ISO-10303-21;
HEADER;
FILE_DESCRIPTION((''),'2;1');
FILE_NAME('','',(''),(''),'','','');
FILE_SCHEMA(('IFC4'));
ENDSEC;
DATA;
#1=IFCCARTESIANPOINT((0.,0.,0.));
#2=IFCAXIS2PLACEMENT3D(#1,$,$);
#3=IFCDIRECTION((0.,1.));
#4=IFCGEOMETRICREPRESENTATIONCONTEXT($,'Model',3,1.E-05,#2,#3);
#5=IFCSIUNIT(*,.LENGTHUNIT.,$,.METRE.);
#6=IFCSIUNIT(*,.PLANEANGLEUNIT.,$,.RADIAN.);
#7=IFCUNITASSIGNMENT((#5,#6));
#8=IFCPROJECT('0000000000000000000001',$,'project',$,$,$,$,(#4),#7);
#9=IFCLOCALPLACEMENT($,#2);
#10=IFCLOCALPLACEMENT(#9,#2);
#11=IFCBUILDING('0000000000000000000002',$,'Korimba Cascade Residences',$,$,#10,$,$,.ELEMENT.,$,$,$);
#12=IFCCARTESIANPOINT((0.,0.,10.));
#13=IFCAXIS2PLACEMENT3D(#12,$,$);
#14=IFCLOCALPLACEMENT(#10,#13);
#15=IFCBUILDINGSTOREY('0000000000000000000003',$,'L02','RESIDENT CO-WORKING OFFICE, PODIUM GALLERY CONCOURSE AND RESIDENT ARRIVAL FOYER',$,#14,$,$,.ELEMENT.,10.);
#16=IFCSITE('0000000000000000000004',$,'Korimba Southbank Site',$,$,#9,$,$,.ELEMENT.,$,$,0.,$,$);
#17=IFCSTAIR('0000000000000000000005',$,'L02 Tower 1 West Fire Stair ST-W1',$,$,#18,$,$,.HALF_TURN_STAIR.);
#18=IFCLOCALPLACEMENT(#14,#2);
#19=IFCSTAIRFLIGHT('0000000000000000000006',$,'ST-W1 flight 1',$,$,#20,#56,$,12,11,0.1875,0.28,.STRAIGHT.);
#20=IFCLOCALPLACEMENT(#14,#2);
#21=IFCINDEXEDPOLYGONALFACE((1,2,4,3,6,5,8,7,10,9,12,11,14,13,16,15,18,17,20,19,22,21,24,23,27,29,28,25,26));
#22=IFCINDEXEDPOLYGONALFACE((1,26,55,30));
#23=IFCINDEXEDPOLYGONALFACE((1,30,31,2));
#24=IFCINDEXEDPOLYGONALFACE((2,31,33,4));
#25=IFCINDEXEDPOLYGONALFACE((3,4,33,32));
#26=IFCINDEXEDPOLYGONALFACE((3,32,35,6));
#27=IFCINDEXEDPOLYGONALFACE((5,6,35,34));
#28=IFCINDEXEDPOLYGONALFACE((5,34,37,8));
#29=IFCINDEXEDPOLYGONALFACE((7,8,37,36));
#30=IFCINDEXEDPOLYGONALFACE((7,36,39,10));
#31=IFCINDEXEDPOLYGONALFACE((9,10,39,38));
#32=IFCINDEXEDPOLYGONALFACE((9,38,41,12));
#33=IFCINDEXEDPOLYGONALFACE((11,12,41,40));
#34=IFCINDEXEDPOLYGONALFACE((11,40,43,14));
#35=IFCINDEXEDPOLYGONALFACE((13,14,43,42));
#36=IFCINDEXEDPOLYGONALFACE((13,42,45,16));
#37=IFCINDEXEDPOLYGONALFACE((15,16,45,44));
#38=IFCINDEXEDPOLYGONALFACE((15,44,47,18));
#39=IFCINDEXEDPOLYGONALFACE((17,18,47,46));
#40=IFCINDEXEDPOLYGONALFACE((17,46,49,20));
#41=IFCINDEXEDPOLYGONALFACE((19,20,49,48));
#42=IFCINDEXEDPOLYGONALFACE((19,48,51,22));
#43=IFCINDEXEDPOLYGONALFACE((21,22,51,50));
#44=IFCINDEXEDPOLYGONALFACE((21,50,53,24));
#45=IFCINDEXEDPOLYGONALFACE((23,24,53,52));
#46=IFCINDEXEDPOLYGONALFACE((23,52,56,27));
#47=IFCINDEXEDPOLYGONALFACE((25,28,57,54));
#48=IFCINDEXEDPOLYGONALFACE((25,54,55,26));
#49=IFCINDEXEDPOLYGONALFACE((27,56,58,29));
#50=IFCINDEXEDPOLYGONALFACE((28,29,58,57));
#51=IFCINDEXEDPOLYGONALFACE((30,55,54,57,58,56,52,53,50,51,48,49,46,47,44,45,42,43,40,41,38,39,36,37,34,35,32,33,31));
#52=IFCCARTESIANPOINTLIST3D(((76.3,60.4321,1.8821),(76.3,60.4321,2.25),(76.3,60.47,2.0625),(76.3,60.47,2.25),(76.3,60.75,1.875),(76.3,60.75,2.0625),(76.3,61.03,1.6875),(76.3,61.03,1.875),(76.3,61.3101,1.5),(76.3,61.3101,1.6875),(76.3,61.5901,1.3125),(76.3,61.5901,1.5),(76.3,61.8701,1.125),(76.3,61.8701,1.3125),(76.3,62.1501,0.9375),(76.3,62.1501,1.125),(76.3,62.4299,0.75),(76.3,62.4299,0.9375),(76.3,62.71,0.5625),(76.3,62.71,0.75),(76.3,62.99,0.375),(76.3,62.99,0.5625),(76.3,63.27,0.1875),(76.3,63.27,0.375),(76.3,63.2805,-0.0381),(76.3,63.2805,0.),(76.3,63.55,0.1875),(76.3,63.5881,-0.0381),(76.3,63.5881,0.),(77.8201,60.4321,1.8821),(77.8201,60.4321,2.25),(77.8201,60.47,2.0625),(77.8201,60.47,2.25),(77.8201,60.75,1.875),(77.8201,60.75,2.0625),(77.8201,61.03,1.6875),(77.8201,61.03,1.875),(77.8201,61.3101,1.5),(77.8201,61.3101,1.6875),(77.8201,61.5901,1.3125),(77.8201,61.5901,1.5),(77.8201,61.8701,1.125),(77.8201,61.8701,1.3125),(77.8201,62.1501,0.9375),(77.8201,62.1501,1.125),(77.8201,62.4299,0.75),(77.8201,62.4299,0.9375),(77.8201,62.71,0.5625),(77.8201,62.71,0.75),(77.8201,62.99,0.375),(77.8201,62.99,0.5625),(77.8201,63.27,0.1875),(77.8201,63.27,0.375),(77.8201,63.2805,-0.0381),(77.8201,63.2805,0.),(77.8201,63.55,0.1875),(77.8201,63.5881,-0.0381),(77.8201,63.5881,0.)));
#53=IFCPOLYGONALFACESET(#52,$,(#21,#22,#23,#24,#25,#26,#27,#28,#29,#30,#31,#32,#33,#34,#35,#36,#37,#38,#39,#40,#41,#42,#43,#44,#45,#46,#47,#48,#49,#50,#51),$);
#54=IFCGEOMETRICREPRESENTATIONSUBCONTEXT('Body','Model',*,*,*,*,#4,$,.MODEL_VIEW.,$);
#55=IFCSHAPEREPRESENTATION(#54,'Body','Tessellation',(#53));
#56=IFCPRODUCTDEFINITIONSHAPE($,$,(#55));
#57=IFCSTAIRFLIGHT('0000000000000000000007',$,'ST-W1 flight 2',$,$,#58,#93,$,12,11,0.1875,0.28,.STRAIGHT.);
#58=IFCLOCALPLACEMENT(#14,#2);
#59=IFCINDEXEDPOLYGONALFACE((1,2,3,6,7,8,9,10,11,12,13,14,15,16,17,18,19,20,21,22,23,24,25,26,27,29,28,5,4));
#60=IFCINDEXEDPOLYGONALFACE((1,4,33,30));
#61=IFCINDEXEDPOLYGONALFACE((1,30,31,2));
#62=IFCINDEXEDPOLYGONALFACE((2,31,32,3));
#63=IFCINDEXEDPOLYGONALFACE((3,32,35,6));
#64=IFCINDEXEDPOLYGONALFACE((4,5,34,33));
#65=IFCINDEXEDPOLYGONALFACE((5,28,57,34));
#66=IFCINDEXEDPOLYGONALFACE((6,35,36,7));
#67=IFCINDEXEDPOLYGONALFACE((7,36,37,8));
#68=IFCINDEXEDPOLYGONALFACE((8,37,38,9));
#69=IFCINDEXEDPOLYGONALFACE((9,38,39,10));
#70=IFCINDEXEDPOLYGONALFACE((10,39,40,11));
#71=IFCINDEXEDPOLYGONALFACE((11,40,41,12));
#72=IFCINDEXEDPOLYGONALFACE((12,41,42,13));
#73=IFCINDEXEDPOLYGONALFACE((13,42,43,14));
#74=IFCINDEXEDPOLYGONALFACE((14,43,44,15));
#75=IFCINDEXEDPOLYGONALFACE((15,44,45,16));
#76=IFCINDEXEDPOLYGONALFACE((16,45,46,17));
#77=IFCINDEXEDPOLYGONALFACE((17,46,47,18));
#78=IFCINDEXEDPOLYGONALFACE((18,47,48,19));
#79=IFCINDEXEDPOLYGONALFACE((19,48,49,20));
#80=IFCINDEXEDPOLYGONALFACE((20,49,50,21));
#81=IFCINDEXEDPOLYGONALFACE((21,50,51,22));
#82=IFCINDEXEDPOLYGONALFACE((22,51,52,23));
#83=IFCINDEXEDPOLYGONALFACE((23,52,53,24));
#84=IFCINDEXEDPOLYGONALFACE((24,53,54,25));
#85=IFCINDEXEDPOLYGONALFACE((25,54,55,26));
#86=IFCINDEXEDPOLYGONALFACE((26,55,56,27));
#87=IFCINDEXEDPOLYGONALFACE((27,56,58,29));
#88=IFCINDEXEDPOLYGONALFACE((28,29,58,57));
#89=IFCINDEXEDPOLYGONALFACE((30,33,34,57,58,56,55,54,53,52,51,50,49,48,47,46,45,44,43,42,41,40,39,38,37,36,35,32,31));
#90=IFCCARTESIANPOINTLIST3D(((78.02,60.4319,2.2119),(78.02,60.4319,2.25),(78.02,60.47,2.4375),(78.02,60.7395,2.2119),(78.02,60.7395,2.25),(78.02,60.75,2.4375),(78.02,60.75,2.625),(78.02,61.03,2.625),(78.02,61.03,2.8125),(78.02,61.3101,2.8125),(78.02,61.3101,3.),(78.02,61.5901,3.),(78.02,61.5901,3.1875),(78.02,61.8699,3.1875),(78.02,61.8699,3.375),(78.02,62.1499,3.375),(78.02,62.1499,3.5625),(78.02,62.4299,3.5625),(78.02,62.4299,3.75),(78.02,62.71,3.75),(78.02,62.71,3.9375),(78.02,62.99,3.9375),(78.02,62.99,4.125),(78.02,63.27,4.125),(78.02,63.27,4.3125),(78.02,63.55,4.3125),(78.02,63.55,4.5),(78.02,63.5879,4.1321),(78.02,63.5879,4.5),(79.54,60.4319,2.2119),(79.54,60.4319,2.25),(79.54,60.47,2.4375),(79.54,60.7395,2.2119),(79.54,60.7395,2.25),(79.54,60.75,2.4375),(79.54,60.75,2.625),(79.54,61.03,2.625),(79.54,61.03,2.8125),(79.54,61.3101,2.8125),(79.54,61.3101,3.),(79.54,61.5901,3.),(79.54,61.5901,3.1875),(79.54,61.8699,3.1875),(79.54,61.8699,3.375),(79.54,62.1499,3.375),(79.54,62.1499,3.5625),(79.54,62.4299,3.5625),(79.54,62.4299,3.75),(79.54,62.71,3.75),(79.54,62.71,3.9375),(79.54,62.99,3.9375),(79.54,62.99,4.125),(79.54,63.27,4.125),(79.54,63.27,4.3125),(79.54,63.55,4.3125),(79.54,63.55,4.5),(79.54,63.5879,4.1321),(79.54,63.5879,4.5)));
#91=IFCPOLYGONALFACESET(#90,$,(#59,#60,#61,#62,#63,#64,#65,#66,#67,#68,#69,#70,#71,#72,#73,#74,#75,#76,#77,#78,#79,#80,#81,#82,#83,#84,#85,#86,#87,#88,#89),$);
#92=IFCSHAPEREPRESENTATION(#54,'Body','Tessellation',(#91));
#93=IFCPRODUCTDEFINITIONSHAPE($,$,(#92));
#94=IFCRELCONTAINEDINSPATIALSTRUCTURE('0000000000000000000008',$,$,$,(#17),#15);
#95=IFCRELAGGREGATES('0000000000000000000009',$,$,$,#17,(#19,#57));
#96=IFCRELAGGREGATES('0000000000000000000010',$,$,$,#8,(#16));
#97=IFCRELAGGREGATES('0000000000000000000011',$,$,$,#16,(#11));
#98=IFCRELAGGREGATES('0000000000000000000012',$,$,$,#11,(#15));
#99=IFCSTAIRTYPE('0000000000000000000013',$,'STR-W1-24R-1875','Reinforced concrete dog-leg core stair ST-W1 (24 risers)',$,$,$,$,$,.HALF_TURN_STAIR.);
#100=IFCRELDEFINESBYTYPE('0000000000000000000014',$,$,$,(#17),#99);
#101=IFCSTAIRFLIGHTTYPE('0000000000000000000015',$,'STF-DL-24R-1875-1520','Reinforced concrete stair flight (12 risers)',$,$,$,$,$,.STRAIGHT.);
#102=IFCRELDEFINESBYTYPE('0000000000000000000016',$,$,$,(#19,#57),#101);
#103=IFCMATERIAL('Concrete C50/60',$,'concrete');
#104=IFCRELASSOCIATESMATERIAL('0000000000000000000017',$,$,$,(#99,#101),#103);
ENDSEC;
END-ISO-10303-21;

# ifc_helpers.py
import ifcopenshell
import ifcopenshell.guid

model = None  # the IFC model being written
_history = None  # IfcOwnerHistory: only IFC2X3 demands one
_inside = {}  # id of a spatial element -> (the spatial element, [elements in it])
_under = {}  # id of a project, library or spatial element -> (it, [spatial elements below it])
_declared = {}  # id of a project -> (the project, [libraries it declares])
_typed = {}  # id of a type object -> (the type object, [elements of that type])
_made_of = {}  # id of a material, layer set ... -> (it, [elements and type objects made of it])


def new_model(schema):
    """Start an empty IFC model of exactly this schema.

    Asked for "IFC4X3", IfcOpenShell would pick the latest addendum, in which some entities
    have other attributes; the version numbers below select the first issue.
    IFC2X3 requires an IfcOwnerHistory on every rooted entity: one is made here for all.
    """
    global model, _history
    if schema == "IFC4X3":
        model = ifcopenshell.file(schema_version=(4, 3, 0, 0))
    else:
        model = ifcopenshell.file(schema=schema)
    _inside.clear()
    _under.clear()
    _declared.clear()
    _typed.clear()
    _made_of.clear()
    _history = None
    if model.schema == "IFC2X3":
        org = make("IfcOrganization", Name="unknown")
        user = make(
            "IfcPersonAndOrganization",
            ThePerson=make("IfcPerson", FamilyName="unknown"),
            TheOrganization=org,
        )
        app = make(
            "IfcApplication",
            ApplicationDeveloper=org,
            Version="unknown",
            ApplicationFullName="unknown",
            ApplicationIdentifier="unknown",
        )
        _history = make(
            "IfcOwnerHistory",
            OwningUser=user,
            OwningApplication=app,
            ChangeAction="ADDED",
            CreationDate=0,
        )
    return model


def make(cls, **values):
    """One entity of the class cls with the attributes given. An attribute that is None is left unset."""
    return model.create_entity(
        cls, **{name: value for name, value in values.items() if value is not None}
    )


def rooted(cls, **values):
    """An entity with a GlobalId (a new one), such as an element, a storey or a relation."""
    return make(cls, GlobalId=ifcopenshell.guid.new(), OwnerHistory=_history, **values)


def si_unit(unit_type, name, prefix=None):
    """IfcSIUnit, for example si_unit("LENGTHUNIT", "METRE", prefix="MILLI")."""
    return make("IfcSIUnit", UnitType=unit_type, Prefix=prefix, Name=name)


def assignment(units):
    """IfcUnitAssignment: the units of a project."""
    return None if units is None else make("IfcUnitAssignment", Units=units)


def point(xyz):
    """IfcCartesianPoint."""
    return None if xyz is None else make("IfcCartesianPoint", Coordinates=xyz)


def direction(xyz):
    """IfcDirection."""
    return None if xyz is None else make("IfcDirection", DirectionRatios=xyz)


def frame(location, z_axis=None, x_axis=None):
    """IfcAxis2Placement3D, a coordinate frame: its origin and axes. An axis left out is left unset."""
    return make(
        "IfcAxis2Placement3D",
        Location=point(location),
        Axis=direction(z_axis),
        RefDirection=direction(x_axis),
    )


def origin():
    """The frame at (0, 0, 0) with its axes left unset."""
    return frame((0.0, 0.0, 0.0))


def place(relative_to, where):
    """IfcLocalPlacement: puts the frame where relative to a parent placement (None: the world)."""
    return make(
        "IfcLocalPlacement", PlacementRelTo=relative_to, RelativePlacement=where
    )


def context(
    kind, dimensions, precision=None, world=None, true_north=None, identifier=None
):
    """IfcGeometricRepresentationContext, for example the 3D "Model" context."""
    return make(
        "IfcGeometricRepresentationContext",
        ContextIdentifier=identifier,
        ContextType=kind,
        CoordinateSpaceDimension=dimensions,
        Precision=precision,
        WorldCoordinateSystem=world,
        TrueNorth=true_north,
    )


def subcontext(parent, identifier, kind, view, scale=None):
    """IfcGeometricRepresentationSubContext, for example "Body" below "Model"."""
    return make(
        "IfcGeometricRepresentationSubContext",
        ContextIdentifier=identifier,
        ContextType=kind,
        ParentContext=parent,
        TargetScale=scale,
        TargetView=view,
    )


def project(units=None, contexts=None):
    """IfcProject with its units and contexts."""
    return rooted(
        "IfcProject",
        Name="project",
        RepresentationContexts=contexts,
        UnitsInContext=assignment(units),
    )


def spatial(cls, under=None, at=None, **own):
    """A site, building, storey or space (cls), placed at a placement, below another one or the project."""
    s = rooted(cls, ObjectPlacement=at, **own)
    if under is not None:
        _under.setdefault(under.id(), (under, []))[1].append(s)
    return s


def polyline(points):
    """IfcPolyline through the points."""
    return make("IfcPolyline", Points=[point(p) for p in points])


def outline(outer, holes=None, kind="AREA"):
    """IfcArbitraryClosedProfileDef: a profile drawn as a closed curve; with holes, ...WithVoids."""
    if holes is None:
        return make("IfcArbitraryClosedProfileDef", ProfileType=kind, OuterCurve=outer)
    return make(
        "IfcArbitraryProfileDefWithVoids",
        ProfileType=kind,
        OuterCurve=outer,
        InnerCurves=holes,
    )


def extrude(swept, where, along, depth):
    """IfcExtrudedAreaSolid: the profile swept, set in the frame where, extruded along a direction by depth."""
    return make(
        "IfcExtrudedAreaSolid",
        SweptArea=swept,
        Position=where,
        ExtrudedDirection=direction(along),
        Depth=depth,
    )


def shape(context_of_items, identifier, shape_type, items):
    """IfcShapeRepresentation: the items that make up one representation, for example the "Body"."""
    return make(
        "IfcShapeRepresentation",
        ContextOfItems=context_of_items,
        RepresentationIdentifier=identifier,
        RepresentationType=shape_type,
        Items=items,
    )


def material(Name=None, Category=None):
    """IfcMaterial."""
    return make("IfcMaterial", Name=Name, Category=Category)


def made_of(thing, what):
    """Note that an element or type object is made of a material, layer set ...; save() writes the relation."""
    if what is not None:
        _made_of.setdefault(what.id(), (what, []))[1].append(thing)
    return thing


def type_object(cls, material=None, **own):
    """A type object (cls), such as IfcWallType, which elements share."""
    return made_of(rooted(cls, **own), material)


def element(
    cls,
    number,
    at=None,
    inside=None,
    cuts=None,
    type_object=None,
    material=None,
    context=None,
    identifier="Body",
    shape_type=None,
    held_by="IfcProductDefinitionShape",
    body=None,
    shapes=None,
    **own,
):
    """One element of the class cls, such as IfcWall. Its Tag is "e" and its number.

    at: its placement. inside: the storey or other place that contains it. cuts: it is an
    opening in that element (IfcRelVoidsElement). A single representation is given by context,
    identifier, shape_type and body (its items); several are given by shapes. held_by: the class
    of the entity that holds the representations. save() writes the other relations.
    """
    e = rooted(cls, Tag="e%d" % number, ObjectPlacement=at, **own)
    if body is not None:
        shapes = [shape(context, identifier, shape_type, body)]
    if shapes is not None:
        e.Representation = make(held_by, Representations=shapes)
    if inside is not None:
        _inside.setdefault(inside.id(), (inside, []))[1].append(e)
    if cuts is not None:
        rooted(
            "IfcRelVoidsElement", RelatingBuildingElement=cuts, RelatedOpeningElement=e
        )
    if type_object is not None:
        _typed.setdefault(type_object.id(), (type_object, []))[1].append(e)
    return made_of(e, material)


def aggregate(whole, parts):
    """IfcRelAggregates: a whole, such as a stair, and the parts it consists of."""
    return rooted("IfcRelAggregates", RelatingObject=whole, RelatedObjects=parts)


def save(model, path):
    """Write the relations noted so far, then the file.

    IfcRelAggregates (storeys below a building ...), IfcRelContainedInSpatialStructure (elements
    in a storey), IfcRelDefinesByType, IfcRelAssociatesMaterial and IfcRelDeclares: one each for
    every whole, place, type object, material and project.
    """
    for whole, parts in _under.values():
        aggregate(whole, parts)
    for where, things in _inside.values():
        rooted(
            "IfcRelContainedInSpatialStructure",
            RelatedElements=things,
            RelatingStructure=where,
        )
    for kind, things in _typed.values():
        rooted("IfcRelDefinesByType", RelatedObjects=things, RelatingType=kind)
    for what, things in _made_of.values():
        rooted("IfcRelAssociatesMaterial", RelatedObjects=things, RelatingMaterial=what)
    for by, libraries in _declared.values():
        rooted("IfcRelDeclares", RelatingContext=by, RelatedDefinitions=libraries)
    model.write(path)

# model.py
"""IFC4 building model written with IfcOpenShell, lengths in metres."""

from ifc_helpers import new_model, si_unit, direction, frame, origin, place, context, subcontext, project, spatial, polyline, outline, extrude, material, type_object, element, aggregate, save


model = new_model("IFC4")

# Units and contexts
model_context = context("Model", 3, precision=1e-05, world=origin(), true_north=direction((0.0, 1.0)))
body_context = subcontext(model_context, "Body", "Model", "MODEL_VIEW")
ifc_project = project(units=[si_unit("LENGTHUNIT", "METRE"), si_unit("PLANEANGLEUNIT", "RADIAN")], contexts=[model_context])

# Site, building, storey
site_placement = place(None, origin())
site = spatial("IfcSite", under=ifc_project, at=site_placement, Name="Korimba Southbank Site", CompositionType="ELEMENT", RefElevation=0.0)
building_placement = place(site_placement, origin())
building = spatial("IfcBuilding", under=site, at=building_placement, Name="Korimba Cascade Residences", CompositionType="ELEMENT")
storey_placement = place(building_placement, frame((0.0, 0.0, 10.0)))
storey = spatial("IfcBuildingStorey", under=building, at=storey_placement, Name="L02", Description="RESIDENT CO-WORKING OFFICE, PODIUM GALLERY CONCOURSE AND RESIDENT ARRIVAL FOYER", CompositionType="ELEMENT", Elevation=10.0)

# Shared definitions
ifc_material_1 = material(Name="Concrete C50/60", Category="concrete")

# Stair, stair flights
stair_type = type_object("IfcStairType", Name="STR-W1-24R-1875", Description="Reinforced concrete dog-leg core stair ST-W1 (24 risers)", PredefinedType="HALF_TURN_STAIR", material=ifc_material_1)
stair_placement = place(storey_placement, origin())
stair = element("IfcStair", 1, at=stair_placement, inside=storey, type_object=stair_type, Name="L02 Tower 1 West Fire Stair ST-W1", PredefinedType="HALF_TURN_STAIR")
stair_flight_type = type_object("IfcStairFlightType", Name="STF-DL-24R-1875-1520", Description="Reinforced concrete stair flight (12 risers)", PredefinedType="STRAIGHT", material=ifc_material_1)
stair_flight_1_placement = place(storey_placement, frame((77.0601, 63.55, 0.0), z_axis=(0.0, 0.0, 1.0), x_axis=(0.0, -1.0, 0.0)))
stair_flight_1 = element("IfcStairFlight", 2, at=stair_flight_1_placement, type_object=stair_flight_type, Name="ST-W1 flight 1", NumberOfRisers=12, NumberOfTreads=11, PredefinedType="STRAIGHT", RiserHeight=0.1875, TreadLength=0.28, context=body_context, shape_type="SweptSolid", body=[
    extrude(outline(polyline([(-0.0381, 0.0), (0.0, 0.1875), (0.28, 0.1875), (0.28, 0.375), (0.5601, 0.375), (0.5601, 0.5625), (0.8401, 0.5625), (0.8401, 0.75), (1.1201, 0.75), (1.1201, 0.9375), (1.3999, 0.9375), (1.3999, 1.125), (1.6799, 1.125), (1.6799, 1.3125), (1.96, 1.3125), (1.96, 1.5), (2.24, 1.5), (2.24, 1.6875), (2.52, 1.6875), (2.52, 1.875), (2.8, 1.875), (2.8, 2.0625), (3.0801, 2.0625), (3.0801, 2.25), (3.1179, 2.25), (3.1179, 1.8821), (0.2695, 0.0), (0.2695, -0.0381), (-0.0381, -0.0381), (-0.0381, 0.0)])), frame((0.0, 0.76, 0.0), z_axis=(0.0, -1.0, 0.0), x_axis=(1.0, 0.0, 0.0)), (0.0, 0.0, 1.0), 1.52),
])
stair_flight_2_placement = place(storey_placement, frame((78.78, 60.47, 2.25), z_axis=(0.0, 0.0, 1.0), x_axis=(0.0, 1.0, 0.0)))
stair_flight_2 = element("IfcStairFlight", 3, at=stair_flight_2_placement, type_object=stair_flight_type, Name="ST-W1 flight 2", NumberOfRisers=12, NumberOfTreads=11, PredefinedType="STRAIGHT", RiserHeight=0.1875, TreadLength=0.28, context=body_context, shape_type="SweptSolid", body=[
    extrude(outline(polyline([(-0.0381, 0.0), (0.0, 0.1875), (0.28, 0.1875), (0.28, 0.375), (0.5601, 0.375), (0.5601, 0.5625), (0.8401, 0.5625), (0.8401, 0.75), (1.1201, 0.75), (1.1201, 0.9375), (1.3999, 0.9375), (1.3999, 1.125), (1.6799, 1.125), (1.6799, 1.3125), (1.96, 1.3125), (1.96, 1.5), (2.24, 1.5), (2.24, 1.6875), (2.52, 1.6875), (2.52, 1.875), (2.8, 1.875), (2.8, 2.0625), (3.0801, 2.0625), (3.0801, 2.25), (3.1179, 2.25), (3.1179, 1.8821), (0.2695, 0.0), (0.2695, -0.0381), (-0.0381, -0.0381), (-0.0381, 0.0)])), frame((0.0, 0.76, 0.0), z_axis=(0.0, -1.0, 0.0), x_axis=(1.0, 0.0, 0.0)), (0.0, 0.0, 1.0), 1.52),
])
aggregate(stair, [stair_flight_1, stair_flight_2])

save(model, "model.ifc")
